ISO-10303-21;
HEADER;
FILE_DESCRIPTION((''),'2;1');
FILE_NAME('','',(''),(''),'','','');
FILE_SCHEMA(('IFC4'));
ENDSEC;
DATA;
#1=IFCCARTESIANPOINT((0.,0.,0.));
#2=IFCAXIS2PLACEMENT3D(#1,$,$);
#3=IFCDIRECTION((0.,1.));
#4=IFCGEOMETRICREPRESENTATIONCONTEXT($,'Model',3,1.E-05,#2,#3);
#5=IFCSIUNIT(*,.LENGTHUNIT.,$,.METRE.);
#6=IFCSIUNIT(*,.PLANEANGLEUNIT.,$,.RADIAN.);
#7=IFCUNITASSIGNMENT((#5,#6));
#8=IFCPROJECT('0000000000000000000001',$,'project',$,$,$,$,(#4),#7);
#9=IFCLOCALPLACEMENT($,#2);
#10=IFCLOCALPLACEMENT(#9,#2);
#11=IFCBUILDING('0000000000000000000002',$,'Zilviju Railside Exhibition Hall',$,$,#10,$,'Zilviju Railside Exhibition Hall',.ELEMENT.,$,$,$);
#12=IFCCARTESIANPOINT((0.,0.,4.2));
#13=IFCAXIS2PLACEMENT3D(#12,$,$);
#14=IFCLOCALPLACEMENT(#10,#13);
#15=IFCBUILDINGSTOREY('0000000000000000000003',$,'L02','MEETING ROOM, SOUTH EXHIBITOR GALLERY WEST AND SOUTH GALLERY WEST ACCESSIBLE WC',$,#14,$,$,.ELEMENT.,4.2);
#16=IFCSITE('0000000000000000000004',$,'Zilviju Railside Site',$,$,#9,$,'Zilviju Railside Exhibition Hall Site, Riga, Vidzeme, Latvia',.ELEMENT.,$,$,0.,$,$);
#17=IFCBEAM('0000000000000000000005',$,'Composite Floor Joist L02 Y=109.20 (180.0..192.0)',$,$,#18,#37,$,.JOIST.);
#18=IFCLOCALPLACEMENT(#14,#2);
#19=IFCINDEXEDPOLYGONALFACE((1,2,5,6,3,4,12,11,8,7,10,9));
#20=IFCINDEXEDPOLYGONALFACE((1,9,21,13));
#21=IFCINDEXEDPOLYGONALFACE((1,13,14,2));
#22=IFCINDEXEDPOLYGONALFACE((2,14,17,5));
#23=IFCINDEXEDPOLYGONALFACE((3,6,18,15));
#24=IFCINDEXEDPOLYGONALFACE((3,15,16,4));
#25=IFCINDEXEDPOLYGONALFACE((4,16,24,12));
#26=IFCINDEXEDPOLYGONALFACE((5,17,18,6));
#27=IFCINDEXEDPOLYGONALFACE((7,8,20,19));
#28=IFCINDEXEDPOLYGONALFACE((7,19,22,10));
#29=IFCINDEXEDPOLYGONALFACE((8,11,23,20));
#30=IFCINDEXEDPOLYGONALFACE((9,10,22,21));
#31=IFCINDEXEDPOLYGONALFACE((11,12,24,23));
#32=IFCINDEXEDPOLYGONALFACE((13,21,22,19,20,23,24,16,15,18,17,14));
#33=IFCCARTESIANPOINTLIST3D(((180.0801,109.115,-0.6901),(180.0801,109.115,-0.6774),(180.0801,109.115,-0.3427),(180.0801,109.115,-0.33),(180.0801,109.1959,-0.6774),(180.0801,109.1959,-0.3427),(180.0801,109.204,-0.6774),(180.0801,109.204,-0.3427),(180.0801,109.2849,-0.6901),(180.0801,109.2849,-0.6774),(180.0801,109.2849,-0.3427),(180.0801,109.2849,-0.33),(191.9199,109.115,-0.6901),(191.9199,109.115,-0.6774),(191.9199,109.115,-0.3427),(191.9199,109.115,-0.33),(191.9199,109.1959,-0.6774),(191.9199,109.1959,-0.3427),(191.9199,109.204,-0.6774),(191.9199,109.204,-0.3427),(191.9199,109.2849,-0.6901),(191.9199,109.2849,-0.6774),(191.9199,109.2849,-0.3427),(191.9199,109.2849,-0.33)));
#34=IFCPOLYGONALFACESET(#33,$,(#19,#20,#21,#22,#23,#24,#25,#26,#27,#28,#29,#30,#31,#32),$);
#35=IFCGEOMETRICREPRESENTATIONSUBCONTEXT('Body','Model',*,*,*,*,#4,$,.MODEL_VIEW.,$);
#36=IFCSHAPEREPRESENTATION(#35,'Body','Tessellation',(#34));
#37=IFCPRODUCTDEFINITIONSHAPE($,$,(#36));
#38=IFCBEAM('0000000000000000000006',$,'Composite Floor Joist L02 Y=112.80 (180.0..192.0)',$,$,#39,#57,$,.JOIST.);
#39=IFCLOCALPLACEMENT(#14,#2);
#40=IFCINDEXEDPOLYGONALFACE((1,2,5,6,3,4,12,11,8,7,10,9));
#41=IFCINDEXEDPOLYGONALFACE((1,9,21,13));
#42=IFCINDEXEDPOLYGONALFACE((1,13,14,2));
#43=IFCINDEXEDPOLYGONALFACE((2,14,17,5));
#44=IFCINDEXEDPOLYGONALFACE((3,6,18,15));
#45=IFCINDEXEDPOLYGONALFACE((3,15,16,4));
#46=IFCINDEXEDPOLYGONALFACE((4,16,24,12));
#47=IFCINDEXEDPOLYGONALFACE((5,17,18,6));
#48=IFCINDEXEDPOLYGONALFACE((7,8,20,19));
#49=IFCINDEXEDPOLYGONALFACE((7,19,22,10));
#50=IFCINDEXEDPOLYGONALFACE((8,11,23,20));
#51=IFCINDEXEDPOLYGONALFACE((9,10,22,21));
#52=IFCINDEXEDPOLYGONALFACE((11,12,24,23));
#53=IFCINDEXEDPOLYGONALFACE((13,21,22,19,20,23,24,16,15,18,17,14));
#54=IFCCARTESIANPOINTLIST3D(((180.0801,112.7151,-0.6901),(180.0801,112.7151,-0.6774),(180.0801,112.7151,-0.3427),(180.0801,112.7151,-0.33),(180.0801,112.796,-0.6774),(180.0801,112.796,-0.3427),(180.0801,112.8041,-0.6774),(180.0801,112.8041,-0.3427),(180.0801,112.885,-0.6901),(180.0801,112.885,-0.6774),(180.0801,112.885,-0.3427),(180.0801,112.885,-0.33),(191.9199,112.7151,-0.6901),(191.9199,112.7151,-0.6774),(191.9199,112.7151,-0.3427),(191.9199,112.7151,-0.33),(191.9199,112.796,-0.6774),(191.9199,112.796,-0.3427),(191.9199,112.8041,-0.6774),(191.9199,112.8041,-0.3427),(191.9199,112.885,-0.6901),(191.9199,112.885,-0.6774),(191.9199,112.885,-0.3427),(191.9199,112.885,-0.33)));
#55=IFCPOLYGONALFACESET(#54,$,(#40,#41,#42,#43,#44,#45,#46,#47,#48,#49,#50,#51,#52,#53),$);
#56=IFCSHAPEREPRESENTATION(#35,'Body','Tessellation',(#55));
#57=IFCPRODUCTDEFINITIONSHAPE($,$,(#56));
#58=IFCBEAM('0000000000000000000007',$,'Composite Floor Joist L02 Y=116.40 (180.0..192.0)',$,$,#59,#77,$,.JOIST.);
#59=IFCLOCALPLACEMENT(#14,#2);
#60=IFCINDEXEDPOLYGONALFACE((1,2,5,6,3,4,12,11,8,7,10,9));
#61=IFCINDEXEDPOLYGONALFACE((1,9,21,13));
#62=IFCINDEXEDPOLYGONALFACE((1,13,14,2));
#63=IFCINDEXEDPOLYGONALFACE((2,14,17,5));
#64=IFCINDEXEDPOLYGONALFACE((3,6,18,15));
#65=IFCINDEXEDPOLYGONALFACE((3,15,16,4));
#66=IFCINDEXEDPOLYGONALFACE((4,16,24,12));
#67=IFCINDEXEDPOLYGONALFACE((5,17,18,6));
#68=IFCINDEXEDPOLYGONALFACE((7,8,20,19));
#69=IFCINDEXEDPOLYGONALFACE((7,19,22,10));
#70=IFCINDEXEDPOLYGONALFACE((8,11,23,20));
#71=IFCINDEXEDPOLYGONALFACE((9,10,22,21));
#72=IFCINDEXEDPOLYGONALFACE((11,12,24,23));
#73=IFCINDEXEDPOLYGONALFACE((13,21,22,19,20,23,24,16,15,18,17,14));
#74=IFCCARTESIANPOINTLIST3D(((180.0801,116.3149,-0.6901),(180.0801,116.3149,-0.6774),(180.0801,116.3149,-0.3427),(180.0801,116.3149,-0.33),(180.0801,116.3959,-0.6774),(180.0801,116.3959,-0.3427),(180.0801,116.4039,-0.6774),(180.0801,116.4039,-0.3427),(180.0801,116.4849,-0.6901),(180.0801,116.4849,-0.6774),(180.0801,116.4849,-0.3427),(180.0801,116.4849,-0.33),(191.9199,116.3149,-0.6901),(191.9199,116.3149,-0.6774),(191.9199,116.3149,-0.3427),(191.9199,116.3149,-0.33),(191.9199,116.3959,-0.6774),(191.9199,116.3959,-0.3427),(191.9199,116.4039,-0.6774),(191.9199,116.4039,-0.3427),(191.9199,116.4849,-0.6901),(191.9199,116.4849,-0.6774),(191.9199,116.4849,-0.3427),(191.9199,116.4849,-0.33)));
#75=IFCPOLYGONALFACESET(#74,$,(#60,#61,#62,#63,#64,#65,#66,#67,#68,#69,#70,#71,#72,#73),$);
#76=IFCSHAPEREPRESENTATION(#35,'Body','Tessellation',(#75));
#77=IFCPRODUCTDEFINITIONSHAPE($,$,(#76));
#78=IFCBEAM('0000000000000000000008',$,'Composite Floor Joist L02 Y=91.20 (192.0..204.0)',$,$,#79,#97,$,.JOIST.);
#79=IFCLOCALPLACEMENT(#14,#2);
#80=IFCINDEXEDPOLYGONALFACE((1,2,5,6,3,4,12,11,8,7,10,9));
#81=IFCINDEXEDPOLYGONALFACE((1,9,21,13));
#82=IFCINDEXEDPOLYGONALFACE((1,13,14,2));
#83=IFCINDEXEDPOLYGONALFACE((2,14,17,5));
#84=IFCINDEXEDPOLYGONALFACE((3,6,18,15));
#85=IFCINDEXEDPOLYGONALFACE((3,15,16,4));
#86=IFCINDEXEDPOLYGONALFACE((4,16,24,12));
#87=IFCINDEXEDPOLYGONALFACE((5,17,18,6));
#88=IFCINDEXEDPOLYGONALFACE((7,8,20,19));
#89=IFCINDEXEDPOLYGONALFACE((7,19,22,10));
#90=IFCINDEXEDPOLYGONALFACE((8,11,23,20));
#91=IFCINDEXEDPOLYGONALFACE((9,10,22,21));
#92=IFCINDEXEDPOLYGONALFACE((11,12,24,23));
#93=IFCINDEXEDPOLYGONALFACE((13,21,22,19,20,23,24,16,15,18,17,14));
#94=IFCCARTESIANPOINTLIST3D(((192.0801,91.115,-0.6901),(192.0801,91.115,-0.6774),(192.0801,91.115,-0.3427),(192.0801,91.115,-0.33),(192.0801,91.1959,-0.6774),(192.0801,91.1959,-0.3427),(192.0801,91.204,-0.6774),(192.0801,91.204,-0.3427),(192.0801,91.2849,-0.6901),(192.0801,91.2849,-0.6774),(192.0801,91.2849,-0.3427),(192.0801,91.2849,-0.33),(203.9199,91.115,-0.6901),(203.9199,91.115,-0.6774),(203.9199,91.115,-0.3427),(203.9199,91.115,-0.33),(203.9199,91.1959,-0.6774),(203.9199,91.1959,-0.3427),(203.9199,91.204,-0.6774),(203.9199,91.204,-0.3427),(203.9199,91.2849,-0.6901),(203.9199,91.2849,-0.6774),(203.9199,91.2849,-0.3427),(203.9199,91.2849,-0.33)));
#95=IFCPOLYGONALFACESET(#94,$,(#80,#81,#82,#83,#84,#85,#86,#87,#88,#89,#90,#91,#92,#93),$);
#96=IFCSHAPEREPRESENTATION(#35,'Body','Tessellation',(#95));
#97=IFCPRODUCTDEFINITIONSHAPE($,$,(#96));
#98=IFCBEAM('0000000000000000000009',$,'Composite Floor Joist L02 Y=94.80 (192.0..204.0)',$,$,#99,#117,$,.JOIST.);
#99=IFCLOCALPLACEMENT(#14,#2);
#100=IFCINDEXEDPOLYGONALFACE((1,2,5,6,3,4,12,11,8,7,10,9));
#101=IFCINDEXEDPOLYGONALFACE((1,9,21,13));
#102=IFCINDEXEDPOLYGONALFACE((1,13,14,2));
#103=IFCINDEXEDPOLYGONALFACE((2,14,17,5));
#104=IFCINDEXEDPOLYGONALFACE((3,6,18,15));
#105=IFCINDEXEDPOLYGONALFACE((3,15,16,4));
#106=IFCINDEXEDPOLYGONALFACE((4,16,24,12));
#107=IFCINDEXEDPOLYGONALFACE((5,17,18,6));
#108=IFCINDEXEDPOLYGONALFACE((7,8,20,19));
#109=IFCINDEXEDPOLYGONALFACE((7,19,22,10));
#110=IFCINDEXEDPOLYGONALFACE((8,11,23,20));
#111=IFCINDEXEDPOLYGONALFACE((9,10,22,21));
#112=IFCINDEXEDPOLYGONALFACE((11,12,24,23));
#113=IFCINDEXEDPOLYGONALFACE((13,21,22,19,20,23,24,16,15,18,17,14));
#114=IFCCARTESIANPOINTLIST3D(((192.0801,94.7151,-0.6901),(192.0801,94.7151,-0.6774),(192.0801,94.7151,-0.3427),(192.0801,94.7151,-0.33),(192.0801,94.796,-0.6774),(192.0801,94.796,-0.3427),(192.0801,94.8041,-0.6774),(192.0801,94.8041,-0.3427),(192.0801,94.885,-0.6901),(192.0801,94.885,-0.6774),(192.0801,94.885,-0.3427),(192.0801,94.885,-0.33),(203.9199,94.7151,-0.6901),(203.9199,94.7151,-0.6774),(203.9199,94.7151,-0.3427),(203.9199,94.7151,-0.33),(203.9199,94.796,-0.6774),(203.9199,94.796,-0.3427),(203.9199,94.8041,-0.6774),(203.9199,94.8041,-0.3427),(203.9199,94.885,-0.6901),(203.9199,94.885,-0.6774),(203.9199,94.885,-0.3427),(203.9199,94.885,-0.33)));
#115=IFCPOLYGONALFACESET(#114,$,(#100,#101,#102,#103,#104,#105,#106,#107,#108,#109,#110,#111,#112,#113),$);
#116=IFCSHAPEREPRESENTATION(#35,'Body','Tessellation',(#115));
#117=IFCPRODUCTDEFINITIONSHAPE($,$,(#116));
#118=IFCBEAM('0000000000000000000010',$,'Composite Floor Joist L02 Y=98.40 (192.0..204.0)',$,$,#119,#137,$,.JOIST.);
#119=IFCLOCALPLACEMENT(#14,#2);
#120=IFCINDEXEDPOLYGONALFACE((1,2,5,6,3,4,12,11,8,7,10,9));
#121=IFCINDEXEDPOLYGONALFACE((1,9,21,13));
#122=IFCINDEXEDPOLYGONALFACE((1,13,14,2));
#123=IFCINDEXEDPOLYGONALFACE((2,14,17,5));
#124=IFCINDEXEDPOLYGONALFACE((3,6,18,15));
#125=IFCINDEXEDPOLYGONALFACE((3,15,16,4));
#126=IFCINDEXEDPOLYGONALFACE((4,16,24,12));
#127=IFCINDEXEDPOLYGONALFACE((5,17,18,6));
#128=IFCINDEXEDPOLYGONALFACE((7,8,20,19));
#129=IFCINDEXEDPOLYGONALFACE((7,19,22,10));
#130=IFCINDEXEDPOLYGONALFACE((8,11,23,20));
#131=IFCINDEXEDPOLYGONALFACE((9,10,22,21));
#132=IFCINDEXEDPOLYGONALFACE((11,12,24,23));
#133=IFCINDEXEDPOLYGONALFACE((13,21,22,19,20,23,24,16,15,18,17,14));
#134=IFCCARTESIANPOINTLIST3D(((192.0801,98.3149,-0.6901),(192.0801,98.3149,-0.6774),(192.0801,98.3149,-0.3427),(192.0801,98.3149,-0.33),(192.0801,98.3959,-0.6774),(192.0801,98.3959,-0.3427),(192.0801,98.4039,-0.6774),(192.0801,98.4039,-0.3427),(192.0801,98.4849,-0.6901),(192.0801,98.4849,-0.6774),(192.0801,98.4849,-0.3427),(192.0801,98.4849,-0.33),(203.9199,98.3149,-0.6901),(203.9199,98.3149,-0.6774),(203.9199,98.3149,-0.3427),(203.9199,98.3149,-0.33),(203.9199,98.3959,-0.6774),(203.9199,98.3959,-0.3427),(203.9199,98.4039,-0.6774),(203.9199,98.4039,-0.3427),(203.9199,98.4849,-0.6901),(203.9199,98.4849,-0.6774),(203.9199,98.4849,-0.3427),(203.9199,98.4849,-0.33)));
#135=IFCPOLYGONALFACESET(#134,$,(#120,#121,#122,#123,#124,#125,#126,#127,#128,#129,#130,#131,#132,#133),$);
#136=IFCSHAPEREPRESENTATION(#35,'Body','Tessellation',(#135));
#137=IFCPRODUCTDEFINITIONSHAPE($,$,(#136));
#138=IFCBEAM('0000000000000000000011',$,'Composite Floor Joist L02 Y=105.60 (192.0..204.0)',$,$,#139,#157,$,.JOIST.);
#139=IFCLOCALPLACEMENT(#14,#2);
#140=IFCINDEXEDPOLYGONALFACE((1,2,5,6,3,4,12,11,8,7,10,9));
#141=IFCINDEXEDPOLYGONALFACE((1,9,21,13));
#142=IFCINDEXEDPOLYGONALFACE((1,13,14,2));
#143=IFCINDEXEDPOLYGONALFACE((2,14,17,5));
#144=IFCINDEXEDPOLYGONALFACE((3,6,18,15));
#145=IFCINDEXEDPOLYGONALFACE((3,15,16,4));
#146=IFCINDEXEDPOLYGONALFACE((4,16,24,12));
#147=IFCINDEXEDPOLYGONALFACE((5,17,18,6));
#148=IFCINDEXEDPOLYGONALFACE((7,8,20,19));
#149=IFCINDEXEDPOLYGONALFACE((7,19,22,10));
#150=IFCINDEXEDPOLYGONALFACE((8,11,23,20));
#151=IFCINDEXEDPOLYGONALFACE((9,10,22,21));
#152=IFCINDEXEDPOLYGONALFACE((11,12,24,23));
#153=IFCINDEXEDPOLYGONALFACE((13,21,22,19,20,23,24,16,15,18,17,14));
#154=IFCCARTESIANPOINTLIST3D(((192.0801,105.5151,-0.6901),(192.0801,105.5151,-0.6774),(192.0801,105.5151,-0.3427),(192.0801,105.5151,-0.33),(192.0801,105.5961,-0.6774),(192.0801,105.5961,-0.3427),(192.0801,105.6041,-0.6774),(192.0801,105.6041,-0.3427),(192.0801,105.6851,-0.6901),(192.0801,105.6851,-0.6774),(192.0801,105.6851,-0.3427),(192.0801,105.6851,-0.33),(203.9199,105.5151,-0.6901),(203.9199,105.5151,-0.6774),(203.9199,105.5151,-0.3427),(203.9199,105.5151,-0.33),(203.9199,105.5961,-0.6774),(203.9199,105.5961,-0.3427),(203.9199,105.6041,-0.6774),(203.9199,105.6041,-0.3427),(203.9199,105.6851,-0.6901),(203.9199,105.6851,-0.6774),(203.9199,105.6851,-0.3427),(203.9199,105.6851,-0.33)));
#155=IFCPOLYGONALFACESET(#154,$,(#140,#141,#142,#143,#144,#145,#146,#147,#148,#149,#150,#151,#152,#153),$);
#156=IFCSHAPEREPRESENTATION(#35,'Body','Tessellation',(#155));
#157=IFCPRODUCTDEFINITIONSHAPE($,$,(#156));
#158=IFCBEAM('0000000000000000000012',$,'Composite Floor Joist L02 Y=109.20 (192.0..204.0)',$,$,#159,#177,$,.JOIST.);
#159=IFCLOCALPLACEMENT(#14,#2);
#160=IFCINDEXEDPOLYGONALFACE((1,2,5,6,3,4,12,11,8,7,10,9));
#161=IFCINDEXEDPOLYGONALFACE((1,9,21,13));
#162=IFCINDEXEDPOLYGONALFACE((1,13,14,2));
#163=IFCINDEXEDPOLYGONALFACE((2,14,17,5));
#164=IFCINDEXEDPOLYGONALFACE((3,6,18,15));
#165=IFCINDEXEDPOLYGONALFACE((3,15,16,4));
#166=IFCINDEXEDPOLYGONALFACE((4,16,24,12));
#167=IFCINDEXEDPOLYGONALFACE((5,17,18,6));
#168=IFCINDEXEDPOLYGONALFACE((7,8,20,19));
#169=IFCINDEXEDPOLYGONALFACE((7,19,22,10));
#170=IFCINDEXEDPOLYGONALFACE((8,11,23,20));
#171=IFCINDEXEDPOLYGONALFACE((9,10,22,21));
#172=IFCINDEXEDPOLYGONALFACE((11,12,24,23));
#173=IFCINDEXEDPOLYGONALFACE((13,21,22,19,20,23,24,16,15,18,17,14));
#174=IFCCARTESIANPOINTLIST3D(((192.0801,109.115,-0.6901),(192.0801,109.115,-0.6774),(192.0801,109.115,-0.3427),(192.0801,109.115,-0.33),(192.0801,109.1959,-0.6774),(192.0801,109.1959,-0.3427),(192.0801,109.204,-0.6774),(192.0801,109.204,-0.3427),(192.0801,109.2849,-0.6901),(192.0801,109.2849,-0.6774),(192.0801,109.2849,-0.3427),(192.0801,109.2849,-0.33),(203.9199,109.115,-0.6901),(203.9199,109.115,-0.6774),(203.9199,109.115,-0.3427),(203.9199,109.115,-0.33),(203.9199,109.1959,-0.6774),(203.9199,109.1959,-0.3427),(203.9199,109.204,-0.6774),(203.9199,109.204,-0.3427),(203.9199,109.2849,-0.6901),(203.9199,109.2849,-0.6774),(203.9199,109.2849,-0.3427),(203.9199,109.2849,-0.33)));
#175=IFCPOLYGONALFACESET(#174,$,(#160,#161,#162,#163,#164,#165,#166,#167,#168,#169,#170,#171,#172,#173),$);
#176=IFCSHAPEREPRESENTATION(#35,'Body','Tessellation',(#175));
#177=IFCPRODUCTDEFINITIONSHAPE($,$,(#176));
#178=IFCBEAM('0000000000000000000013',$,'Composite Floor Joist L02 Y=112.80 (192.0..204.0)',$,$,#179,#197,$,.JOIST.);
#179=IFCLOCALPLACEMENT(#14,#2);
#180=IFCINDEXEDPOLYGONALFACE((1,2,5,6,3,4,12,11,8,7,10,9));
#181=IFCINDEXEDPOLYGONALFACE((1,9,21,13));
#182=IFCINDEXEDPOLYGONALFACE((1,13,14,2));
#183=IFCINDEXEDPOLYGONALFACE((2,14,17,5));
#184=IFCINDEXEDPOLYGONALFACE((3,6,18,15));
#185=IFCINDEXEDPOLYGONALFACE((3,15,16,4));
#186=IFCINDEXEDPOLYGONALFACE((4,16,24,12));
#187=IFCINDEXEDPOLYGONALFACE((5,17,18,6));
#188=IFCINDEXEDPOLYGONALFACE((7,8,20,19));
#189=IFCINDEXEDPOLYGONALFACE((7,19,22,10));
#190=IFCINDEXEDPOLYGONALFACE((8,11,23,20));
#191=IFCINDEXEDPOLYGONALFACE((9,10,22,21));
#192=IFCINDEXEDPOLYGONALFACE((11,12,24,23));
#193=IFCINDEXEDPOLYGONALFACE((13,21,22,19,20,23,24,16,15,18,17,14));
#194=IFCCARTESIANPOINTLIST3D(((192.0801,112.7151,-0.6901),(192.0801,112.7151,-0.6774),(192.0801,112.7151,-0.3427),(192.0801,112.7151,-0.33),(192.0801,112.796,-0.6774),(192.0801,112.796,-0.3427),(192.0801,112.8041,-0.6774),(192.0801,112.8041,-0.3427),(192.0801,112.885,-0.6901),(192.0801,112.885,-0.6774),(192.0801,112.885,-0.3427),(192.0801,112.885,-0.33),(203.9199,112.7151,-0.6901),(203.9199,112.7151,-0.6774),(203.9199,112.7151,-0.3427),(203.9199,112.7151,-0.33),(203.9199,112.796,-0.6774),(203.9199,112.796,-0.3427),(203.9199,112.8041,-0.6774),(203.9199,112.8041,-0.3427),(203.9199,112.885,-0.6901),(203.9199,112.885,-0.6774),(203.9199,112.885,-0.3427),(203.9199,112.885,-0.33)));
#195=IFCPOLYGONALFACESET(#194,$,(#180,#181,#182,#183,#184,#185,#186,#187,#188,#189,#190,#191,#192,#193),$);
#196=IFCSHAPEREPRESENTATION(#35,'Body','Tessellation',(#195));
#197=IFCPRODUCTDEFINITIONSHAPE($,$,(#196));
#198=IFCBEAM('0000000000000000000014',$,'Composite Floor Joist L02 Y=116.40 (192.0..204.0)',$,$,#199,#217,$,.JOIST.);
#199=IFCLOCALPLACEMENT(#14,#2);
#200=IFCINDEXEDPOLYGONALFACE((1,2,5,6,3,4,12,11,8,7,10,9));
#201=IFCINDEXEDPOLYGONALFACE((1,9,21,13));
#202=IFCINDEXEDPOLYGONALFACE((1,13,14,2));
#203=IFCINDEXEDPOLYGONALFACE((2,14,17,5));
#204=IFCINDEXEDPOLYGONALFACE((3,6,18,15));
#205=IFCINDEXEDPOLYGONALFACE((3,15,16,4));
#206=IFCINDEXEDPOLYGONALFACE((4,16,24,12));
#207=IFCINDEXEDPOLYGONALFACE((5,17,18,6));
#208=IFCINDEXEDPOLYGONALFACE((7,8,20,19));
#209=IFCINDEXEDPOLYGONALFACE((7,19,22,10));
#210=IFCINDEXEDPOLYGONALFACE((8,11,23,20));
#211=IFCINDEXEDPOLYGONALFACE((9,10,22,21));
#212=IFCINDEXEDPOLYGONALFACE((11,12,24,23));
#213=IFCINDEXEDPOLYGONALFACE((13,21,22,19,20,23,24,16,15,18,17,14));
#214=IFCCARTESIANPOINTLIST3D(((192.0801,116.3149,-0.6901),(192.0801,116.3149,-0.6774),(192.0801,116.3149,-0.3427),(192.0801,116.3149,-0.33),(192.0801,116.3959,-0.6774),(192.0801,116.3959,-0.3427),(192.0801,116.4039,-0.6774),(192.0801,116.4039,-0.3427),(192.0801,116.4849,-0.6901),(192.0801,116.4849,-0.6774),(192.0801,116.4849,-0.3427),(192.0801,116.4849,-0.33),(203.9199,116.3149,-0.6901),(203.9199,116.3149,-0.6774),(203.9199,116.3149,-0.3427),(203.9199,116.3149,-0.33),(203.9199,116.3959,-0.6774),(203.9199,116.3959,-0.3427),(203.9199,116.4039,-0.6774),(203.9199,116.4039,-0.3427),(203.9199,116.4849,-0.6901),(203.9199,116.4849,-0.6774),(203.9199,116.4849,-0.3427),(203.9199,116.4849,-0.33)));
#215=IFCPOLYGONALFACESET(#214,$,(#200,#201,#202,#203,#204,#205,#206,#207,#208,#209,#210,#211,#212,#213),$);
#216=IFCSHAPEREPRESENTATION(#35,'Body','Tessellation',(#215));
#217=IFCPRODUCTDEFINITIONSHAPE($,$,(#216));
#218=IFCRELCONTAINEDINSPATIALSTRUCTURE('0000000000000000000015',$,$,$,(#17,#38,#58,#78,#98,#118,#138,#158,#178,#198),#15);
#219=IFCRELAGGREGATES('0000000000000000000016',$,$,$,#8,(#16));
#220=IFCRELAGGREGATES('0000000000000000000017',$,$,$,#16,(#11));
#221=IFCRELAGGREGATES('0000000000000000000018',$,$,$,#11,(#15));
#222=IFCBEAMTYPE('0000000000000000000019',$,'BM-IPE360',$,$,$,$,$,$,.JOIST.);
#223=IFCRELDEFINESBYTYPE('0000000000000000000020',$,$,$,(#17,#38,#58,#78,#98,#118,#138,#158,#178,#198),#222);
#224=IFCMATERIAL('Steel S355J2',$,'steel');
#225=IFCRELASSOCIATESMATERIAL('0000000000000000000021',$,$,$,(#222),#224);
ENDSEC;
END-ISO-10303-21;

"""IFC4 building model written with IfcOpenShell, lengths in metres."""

from ifc_helpers import new_model, si_unit, direction, frame, origin, origin_2d, place, context, subcontext, project, spatial, i_section, extrude, material, material_profile, profile_set, type_object, element, save


model = new_model("IFC4")

# Units and contexts
model_context = context("Model", 3, precision=1e-05, world=origin(), true_north=direction((0.0, 1.0)))
body_context = subcontext(model_context, "Body", "Model", "MODEL_VIEW")
ifc_project = project(units=[si_unit("LENGTHUNIT", "METRE"), si_unit("PLANEANGLEUNIT", "RADIAN")], contexts=[model_context])

# Site, building, storey
site_placement = place(None, origin())
site = spatial("IfcSite", under=ifc_project, at=site_placement, Name="Zilviju Railside Site", LongName="Zilviju Railside Exhibition Hall Site, Riga, Vidzeme, Latvia", CompositionType="ELEMENT", RefElevation=0.0)
building_placement = place(site_placement, origin())
building = spatial("IfcBuilding", under=site, at=building_placement, Name="Zilviju Railside Exhibition Hall", LongName="Zilviju Railside Exhibition Hall", CompositionType="ELEMENT")
storey_placement = place(building_placement, frame((0.0, 0.0, 4.2)))
storey = spatial("IfcBuildingStorey", under=building, at=storey_placement, Name="L02", Description="MEETING ROOM, SOUTH EXHIBITOR GALLERY WEST AND SOUTH GALLERY WEST ACCESSIBLE WC", CompositionType="ELEMENT", Elevation=4.2)

# Beams
ifc_material_1 = material(Name="Steel S355J2", Category="steel")
ifc_material_profile_1 = material_profile(ifc_material_1, i_section(OverallWidth=0.1699, OverallDepth=0.3601, WebThickness=0.0081, FlangeThickness=0.0127, at=origin_2d()), Name="IPE 360")
ifc_profile_set_1 = profile_set([ifc_material_profile_1], Name="Steel S355J2")
beam_type_1 = type_object("IfcBeamType", Name="BM-IPE360", PredefinedType="JOIST", material=ifc_profile_set_1)
for number, where, z_axis, x_axis, name in (
    (1, (180.0801, 109.2, -0.51), (1.0, 0.0, 0.0), (0.0, 1.0, 0.0), "Composite Floor Joist L02 Y=109.20 (180.0..192.0)"),
    (2, (180.0801, 112.8, -0.51), (1.0, 0.0, 0.0), (0.0, 1.0, 0.0), "Composite Floor Joist L02 Y=112.80 (180.0..192.0)"),
    (3, (180.0801, 116.3999, -0.51), (1.0, 0.0, 0.0), (0.0, 1.0, 0.0), "Composite Floor Joist L02 Y=116.40 (180.0..192.0)"),
    (4, (192.0801, 91.2, -0.51), (1.0, 0.0, 0.0), (0.0, 1.0, 0.0), "Composite Floor Joist L02 Y=91.20 (192.0..204.0)"),
    (5, (192.0801, 94.8, -0.51), (1.0, 0.0, 0.0), (0.0, 1.0, 0.0), "Composite Floor Joist L02 Y=94.80 (192.0..204.0)"),
    (6, (192.0801, 98.3999, -0.51), (1.0, 0.0, 0.0), (0.0, 1.0, 0.0), "Composite Floor Joist L02 Y=98.40 (192.0..204.0)"),
    (7, (192.0801, 105.6001, -0.51), (1.0, 0.0, 0.0), (0.0, 1.0, 0.0), "Composite Floor Joist L02 Y=105.60 (192.0..204.0)"),
    (8, (192.0801, 109.2, -0.51), (1.0, 0.0, 0.0), (0.0, 1.0, 0.0), "Composite Floor Joist L02 Y=109.20 (192.0..204.0)"),
    (9, (192.0801, 112.8, -0.51), (1.0, 0.0, 0.0), (0.0, 1.0, 0.0), "Composite Floor Joist L02 Y=112.80 (192.0..204.0)"),
    (10, (192.0801, 116.3999, -0.51), (1.0, 0.0, 0.0), (0.0, 1.0, 0.0), "Composite Floor Joist L02 Y=116.40 (192.0..204.0)"),
):
    element("IfcBeam", number, at=place(storey_placement, frame(where, z_axis=z_axis, x_axis=x_axis)), inside=storey, type_object=beam_type_1, Name=name, PredefinedType="JOIST", context=body_context, shape_type="SweptSolid", body=[
        extrude(i_section(OverallWidth=0.1699, OverallDepth=0.3601, WebThickness=0.0081, FlangeThickness=0.0127, at=origin_2d()), origin(), (0.0, 0.0, 1.0), 11.8398),
    ])

save(model, "model.ifc")
